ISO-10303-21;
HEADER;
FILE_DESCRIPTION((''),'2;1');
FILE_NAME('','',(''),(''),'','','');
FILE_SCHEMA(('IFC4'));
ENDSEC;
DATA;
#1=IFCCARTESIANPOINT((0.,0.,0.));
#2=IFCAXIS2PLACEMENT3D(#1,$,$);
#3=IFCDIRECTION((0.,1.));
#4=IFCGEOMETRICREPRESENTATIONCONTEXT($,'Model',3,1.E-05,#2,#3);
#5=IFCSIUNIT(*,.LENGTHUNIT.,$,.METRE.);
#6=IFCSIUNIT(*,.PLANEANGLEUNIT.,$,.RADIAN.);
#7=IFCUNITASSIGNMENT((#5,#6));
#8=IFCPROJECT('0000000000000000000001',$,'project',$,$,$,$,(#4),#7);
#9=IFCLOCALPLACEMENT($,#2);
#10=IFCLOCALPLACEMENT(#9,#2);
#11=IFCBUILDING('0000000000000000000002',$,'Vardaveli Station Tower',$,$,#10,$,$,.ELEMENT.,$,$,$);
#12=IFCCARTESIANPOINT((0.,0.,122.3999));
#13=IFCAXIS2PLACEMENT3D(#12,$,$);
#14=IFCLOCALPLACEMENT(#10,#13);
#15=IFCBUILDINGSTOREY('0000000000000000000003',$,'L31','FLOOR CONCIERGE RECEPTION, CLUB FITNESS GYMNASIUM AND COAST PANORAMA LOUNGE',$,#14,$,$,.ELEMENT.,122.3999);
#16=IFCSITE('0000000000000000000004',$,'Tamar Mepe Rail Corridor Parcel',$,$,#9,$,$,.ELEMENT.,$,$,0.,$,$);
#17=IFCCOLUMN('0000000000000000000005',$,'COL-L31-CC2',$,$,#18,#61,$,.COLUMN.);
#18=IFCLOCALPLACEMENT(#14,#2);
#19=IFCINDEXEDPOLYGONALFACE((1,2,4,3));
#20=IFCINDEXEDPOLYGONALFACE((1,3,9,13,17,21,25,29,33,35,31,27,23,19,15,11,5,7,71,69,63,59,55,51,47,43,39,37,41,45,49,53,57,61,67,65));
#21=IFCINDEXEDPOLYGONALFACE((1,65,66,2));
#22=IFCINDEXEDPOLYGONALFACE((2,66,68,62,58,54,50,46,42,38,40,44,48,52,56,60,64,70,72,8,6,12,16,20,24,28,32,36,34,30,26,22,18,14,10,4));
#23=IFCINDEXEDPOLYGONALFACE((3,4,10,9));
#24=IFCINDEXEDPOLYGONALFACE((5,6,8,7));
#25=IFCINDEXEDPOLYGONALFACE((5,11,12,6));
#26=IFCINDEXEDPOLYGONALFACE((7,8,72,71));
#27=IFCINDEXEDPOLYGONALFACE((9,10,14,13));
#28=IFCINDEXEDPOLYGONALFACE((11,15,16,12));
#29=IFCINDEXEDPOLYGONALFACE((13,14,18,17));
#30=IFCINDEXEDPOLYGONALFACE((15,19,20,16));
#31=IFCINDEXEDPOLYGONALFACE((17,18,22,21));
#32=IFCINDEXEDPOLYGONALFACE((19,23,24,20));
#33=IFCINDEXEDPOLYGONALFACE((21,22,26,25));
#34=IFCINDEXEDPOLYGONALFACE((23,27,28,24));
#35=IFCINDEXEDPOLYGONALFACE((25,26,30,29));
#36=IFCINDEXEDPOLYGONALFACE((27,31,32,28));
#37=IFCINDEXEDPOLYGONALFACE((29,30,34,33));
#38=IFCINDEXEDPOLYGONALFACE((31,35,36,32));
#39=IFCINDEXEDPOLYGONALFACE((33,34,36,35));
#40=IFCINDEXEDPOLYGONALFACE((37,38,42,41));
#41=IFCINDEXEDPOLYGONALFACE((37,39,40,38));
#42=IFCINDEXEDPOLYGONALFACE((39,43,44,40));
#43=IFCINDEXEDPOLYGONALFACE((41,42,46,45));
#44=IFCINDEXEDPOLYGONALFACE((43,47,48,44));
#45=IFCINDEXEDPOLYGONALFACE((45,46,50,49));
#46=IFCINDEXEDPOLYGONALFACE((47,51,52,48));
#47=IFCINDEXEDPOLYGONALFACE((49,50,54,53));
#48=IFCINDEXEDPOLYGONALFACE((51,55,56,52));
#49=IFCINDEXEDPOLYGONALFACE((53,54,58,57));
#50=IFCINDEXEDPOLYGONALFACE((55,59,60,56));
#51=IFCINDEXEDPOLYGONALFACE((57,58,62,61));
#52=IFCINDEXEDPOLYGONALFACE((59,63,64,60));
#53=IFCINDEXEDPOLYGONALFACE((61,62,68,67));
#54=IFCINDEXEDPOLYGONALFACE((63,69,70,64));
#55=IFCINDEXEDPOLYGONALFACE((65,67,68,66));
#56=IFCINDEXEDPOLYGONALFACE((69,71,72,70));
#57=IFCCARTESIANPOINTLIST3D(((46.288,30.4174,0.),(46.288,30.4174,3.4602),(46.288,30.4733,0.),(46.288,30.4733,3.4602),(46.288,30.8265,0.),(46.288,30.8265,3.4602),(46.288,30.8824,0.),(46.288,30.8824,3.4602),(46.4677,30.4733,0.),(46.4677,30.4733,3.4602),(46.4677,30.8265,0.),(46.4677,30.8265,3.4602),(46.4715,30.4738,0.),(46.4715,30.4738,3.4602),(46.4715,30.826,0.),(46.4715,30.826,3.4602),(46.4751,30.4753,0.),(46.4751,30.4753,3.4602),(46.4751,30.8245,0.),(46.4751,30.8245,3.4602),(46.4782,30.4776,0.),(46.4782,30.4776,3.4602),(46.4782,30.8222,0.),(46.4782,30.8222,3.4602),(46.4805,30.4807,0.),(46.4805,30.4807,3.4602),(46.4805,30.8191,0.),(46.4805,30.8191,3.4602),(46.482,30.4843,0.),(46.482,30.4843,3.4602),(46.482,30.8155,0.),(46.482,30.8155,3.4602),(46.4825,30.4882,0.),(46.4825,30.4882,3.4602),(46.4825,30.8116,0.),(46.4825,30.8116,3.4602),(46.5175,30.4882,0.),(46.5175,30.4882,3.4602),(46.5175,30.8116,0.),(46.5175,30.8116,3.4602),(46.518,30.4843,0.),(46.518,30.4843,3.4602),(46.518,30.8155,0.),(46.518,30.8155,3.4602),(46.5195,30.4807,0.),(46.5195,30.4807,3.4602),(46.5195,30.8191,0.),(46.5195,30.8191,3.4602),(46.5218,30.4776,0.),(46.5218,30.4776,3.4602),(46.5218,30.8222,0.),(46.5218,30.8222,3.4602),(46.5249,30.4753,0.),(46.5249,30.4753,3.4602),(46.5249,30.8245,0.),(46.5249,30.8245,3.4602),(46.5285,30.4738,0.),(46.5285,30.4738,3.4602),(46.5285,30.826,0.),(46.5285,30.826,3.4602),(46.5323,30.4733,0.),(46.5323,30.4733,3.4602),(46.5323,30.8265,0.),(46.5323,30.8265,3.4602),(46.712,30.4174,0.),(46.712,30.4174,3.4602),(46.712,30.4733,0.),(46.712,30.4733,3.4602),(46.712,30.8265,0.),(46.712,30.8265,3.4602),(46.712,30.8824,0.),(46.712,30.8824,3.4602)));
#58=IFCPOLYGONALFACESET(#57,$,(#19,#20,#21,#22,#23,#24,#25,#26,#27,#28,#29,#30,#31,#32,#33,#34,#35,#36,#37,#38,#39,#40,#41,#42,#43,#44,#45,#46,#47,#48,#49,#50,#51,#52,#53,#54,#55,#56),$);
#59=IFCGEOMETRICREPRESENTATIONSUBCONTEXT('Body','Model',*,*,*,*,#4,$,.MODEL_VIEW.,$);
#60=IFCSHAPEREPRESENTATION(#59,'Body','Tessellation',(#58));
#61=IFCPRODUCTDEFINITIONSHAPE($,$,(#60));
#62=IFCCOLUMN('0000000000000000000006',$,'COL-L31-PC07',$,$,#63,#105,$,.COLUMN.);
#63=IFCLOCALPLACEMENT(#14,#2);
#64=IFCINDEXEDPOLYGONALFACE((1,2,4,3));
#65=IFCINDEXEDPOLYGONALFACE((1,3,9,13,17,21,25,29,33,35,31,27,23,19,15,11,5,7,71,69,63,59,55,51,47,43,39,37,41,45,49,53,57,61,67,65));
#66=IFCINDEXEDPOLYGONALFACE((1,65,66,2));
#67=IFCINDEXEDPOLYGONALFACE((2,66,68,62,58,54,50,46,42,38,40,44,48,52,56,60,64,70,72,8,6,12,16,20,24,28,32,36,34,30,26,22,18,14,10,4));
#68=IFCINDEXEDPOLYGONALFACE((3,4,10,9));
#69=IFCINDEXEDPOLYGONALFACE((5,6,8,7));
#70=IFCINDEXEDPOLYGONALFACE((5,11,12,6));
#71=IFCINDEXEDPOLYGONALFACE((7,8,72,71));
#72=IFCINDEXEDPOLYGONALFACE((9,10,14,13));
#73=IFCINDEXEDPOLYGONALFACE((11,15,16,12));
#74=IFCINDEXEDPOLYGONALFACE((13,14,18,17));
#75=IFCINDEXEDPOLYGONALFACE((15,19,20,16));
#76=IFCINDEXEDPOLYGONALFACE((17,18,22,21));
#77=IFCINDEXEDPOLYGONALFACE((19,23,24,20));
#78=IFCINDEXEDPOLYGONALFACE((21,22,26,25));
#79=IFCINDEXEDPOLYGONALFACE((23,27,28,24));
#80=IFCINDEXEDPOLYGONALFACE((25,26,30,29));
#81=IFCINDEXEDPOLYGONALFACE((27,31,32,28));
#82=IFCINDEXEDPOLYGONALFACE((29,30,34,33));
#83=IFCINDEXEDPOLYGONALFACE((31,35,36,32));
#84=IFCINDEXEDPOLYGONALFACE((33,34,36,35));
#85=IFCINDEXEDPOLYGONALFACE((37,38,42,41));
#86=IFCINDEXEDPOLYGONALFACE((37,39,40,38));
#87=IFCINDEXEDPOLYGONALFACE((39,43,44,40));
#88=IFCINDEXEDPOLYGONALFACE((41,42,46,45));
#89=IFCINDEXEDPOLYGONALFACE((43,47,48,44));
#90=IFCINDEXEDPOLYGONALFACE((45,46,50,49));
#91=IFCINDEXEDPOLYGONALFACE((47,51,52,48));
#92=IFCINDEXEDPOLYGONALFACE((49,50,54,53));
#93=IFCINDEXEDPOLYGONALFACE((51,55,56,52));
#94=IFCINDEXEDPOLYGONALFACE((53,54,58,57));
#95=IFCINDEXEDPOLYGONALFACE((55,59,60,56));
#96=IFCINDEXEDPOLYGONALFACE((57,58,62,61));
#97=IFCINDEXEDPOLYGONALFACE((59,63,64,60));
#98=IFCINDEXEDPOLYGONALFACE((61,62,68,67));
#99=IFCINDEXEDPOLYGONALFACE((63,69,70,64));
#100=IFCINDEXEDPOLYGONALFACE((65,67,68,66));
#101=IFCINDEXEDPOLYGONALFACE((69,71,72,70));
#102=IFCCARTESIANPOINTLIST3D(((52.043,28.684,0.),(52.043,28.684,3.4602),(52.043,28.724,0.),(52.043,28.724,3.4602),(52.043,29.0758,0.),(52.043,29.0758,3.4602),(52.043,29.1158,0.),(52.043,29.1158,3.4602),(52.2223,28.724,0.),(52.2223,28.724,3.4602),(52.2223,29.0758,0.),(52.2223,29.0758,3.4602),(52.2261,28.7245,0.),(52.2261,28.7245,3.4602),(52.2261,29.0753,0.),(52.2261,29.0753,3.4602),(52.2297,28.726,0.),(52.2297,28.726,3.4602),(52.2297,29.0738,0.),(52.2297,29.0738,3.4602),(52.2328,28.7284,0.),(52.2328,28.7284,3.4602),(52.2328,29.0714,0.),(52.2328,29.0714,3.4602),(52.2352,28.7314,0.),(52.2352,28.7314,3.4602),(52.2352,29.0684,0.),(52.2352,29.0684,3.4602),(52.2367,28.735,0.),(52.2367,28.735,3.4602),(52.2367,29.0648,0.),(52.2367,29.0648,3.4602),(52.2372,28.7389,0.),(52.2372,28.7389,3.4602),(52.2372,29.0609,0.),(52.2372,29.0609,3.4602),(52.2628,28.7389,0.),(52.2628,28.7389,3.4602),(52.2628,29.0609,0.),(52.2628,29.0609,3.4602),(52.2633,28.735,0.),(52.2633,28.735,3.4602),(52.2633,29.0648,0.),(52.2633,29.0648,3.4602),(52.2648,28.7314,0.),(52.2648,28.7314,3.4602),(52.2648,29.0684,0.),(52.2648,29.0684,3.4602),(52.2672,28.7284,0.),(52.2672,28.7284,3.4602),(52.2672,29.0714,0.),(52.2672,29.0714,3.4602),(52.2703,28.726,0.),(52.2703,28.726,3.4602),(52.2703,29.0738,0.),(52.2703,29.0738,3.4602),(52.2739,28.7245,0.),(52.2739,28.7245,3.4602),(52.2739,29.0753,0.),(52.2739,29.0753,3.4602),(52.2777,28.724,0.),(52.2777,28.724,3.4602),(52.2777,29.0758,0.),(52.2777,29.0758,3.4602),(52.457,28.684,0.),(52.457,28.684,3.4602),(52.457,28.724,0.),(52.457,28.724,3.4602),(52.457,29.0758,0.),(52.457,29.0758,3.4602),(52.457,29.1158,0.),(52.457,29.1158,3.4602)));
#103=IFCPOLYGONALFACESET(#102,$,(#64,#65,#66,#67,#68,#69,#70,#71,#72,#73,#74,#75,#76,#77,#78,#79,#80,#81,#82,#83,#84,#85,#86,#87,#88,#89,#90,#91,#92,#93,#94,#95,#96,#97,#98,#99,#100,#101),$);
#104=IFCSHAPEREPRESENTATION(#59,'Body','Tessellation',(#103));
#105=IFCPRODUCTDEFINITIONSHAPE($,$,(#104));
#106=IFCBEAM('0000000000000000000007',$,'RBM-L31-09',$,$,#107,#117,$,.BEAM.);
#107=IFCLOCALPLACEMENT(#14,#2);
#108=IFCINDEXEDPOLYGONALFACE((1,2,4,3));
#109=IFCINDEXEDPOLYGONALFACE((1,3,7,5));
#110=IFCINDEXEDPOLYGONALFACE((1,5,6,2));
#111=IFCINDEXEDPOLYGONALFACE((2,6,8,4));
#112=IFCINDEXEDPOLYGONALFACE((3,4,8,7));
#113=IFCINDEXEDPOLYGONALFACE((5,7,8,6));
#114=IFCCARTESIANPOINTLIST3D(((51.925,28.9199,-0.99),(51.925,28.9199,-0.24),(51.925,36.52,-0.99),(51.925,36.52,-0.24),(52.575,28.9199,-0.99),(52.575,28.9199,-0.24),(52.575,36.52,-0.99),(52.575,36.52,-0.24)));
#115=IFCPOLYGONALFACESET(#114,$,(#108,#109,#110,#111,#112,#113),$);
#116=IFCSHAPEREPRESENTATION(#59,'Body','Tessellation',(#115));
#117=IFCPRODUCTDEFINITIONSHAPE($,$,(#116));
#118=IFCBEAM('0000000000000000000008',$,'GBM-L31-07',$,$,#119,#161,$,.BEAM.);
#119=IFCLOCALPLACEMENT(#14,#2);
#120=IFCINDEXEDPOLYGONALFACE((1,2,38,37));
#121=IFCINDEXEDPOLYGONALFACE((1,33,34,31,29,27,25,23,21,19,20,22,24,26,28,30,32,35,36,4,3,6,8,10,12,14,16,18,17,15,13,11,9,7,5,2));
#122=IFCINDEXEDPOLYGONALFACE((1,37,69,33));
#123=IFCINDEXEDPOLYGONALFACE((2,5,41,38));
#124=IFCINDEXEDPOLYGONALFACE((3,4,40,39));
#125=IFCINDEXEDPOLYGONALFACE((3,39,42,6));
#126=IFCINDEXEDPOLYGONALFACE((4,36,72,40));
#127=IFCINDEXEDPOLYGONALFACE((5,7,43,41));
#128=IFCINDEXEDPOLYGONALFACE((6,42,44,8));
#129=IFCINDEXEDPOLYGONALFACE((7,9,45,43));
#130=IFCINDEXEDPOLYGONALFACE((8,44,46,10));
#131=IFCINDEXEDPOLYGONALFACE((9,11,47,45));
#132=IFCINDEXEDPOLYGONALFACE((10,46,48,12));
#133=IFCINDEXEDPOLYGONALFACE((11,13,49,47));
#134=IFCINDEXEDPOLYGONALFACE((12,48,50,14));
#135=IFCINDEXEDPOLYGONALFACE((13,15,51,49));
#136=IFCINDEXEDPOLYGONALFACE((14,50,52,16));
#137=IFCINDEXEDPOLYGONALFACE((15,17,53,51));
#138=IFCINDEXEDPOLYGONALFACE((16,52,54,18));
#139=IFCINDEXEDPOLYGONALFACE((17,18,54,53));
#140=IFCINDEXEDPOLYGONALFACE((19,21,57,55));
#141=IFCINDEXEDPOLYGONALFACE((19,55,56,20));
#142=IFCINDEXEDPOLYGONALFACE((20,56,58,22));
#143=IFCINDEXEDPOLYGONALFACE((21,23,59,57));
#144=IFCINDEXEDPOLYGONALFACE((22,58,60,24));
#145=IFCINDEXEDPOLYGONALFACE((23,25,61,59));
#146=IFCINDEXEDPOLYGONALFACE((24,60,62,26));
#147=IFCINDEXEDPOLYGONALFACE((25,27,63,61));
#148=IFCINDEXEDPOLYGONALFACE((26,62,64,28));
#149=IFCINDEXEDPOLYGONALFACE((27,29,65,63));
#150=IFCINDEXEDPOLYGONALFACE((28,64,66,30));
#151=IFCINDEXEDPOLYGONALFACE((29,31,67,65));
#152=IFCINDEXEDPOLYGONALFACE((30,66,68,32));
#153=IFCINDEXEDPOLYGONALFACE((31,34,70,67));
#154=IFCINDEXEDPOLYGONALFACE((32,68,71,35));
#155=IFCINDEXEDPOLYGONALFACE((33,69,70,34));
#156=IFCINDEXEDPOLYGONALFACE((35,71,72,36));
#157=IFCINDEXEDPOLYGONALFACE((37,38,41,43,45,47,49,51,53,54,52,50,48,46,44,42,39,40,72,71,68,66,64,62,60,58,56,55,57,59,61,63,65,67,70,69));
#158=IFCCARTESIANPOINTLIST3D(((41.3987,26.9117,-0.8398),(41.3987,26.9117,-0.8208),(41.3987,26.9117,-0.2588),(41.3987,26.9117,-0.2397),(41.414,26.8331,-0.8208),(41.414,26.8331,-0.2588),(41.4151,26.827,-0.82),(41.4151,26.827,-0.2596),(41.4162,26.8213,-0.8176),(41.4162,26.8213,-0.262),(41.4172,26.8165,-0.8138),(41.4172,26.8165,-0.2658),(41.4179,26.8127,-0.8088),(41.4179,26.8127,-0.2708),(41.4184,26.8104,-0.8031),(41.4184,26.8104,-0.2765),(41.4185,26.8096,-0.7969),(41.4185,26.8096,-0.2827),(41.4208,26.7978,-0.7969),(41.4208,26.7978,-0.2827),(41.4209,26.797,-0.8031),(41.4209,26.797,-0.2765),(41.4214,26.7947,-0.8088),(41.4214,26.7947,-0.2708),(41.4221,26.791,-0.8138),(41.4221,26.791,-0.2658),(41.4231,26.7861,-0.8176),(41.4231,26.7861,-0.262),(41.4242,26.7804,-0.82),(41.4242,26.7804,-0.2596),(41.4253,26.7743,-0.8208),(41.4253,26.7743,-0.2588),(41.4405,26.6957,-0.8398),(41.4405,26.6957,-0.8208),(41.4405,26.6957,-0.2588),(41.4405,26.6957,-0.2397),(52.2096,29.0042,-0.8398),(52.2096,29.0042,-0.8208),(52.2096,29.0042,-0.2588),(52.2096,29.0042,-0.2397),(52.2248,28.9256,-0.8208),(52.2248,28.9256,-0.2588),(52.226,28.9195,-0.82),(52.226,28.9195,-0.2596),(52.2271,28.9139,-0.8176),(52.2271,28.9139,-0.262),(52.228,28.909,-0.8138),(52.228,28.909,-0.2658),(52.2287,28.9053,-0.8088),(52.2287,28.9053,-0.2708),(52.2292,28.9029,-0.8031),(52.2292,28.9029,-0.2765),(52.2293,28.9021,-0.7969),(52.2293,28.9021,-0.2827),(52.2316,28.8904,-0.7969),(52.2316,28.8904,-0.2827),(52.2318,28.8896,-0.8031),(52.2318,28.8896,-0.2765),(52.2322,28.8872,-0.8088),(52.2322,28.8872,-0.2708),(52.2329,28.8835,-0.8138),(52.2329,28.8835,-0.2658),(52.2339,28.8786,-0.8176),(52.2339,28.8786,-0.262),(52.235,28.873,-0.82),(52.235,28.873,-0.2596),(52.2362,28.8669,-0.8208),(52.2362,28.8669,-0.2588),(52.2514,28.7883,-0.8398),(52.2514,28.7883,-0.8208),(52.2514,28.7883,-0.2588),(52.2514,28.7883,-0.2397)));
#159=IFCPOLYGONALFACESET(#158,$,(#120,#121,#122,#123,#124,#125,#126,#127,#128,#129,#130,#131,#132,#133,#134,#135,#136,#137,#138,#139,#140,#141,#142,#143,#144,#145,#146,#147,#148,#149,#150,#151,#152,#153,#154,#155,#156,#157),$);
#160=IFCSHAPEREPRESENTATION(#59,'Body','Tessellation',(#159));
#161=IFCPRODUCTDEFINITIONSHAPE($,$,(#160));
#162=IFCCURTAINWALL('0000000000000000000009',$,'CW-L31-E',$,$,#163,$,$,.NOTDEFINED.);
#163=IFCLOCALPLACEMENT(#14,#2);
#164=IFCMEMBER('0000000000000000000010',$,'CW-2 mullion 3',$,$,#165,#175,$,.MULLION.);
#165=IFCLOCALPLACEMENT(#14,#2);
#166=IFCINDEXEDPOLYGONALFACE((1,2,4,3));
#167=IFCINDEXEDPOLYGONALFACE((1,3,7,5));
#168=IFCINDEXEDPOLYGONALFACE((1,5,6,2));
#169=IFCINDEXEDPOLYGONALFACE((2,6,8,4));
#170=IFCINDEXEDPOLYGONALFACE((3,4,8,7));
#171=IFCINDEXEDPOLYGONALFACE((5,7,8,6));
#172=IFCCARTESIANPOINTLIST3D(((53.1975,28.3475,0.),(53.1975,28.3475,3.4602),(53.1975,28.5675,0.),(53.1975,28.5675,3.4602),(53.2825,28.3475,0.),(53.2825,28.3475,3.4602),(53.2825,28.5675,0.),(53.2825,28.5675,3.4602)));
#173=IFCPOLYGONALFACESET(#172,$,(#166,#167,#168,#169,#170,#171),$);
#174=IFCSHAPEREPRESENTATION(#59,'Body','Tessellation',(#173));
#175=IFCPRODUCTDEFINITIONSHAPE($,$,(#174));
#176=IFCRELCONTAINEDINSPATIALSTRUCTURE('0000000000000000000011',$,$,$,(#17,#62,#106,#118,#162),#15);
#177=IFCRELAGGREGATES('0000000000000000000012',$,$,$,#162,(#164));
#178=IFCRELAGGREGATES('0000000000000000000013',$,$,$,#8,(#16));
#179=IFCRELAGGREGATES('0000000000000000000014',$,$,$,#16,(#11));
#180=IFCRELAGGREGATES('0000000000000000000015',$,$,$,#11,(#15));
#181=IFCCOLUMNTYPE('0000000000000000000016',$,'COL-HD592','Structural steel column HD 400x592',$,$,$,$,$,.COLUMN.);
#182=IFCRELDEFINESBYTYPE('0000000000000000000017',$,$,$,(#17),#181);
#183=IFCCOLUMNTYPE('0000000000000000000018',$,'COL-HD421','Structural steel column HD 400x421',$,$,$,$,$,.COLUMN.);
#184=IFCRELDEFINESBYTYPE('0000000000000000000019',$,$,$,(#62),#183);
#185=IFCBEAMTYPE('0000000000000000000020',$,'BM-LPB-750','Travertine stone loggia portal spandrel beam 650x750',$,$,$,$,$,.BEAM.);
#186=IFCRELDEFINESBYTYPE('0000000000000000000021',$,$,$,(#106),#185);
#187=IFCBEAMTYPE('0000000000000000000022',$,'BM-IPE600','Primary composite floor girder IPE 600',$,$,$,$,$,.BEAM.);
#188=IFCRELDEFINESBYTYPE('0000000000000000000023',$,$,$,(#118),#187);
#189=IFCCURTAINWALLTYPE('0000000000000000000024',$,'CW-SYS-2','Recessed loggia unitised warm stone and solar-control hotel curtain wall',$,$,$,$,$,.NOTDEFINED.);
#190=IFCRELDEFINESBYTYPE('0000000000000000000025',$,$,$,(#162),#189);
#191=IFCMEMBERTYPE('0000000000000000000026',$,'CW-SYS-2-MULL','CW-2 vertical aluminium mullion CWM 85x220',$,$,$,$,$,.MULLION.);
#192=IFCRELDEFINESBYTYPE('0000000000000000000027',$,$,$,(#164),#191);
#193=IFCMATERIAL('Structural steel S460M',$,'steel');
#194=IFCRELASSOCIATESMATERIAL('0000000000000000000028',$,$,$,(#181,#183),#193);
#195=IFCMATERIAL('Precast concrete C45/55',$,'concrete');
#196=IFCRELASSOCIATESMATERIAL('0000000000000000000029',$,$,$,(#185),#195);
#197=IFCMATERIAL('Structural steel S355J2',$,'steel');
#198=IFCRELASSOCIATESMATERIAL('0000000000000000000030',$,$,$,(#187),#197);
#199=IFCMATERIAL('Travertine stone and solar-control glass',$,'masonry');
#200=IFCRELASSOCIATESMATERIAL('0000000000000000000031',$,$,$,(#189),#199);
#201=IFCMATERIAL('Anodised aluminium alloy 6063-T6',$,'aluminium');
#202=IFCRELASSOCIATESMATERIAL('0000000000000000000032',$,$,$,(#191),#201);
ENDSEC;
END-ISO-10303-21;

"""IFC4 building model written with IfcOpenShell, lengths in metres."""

from ifc_helpers import new_model, si_unit, direction, frame, origin, origin_2d, place, context, subcontext, project, spatial, rectangle, i_section, extrude, source, transform, mapped, material, material_profile, profile_set, type_object, element, aggregate, save


model = new_model("IFC4")

# Units and contexts
model_context = context("Model", 3, precision=1e-05, world=origin(), true_north=direction((0.0, 1.0)))
body_context = subcontext(model_context, "Body", "Model", "MODEL_VIEW")
ifc_project = project(units=[si_unit("LENGTHUNIT", "METRE"), si_unit("PLANEANGLEUNIT", "RADIAN")], contexts=[model_context])

# Site, building, storey
site_placement = place(None, origin())
site = spatial("IfcSite", under=ifc_project, at=site_placement, Name="Tamar Mepe Rail Corridor Parcel", CompositionType="ELEMENT", RefElevation=0.0)
building_placement = place(site_placement, origin())
building = spatial("IfcBuilding", under=site, at=building_placement, Name="Vardaveli Station Tower", CompositionType="ELEMENT")
storey_placement = place(building_placement, frame((0.0, 0.0, 122.3999)))
storey = spatial("IfcBuildingStorey", under=building, at=storey_placement, Name="L31", Description="FLOOR CONCIERGE RECEPTION, CLUB FITNESS GYMNASIUM AND COAST PANORAMA LOUNGE", CompositionType="ELEMENT", Elevation=122.3999)

# Columns
ifc_material_1 = material(Name="Structural steel S460M", Category="steel")
ifc_material_profile_1 = material_profile(ifc_material_1, i_section(OverallWidth=0.4241, OverallDepth=0.4651, WebThickness=0.0349, FlangeThickness=0.0559, FilletRadius=0.0149, at=origin_2d()), Name="HD 400x592")
ifc_profile_set_1 = profile_set([ifc_material_profile_1], Name="Structural steel S460M")
column_type_1 = type_object("IfcColumnType", Name="COL-HD592", Description="Structural steel column HD 400x592", PredefinedType="COLUMN", material=ifc_profile_set_1)
shared_shape_1 = source(origin(), body_context, "Body", "SweptSolid", [
    extrude(i_section(OverallWidth=0.4241, OverallDepth=0.4651, WebThickness=0.0349, FlangeThickness=0.0559, FilletRadius=0.0149, at=origin_2d()), origin(), (0.0, 0.0, 1.0), 3.4602),
])
column_1_placement = place(storey_placement, frame((46.5, 30.6499, 0.0), z_axis=(0.0, 0.0, 1.0), x_axis=(1.0, 0.0, 0.0)))
element("IfcColumn", 1, at=column_1_placement, inside=storey, type_object=column_type_1, Name="COL-L31-CC2", PredefinedType="COLUMN", context=body_context, shape_type="MappedRepresentation", body=[
    mapped(shared_shape_1, transform((0.0, 0.0, 0.0), scale=1.0)),
])
ifc_material_profile_2 = material_profile(ifc_material_1, i_section(OverallWidth=0.4141, OverallDepth=0.4319, WebThickness=0.0256, FlangeThickness=0.04, FilletRadius=0.0149, at=origin_2d()), Name="HD 400x421")
ifc_profile_set_2 = profile_set([ifc_material_profile_2], Name="Structural steel S460M")
column_type_2 = type_object("IfcColumnType", Name="COL-HD421", Description="Structural steel column HD 400x421", PredefinedType="COLUMN", material=ifc_profile_set_2)
shared_shape_2 = source(origin(), body_context, "Body", "SweptSolid", [
    extrude(i_section(OverallWidth=0.4141, OverallDepth=0.4319, WebThickness=0.0256, FlangeThickness=0.04, FilletRadius=0.0149, at=origin_2d()), origin(), (0.0, 0.0, 1.0), 3.4602),
])
column_2_placement = place(storey_placement, frame((52.25, 28.8999, 0.0), z_axis=(0.0, 0.0, 1.0), x_axis=(1.0, 0.0, 0.0)))
element("IfcColumn", 2, at=column_2_placement, inside=storey, type_object=column_type_2, Name="COL-L31-PC07", PredefinedType="COLUMN", context=body_context, shape_type="MappedRepresentation", body=[
    mapped(shared_shape_2, transform((0.0, 0.0, 0.0), scale=1.0)),
])

# Beams
ifc_material_2 = material(Name="Precast concrete C45/55", Category="concrete")
ifc_material_profile_3 = material_profile(ifc_material_2, rectangle(XDim=0.6499, YDim=0.75, at=origin_2d()), Name="LPB 650x750")
ifc_profile_set_3 = profile_set([ifc_material_profile_3], Name="Precast concrete C45/55")
beam_type_1 = type_object("IfcBeamType", Name="BM-LPB-750", Description="Travertine stone loggia portal spandrel beam 650x750", PredefinedType="BEAM", material=ifc_profile_set_3)
shared_shape_3 = source(origin(), body_context, "Body", "SweptSolid", [
    extrude(rectangle(XDim=0.6499, YDim=0.75, at=origin_2d()), origin(), (0.0, 0.0, 1.0), 7.6001),
])
beam_1_placement = place(storey_placement, frame((52.25, 28.9199, -0.615), z_axis=(0.0, 1.0, 0.0), x_axis=(-1.0, 0.0, 0.0)))
element("IfcBeam", 3, at=beam_1_placement, inside=storey, type_object=beam_type_1, Name="RBM-L31-09", PredefinedType="BEAM", context=body_context, shape_type="MappedRepresentation", body=[
    mapped(shared_shape_3, transform((0.0, 0.0, 0.0), scale=1.0)),
])
ifc_material_3 = material(Name="Structural steel S355J2", Category="steel")
ifc_material_profile_4 = material_profile(ifc_material_3, i_section(OverallWidth=0.22, OverallDepth=0.6001, WebThickness=0.012, FlangeThickness=0.019, FilletRadius=0.0239, at=origin_2d()), Name="IPE 600")
ifc_profile_set_4 = profile_set([ifc_material_profile_4], Name="Structural steel S355J2")
beam_type_2 = type_object("IfcBeamType", Name="BM-IPE600", Description="Primary composite floor girder IPE 600", PredefinedType="BEAM", material=ifc_profile_set_4)
shared_shape_4 = source(origin(), body_context, "Body", "SweptSolid", [
    extrude(i_section(OverallWidth=0.22, OverallDepth=0.6001, WebThickness=0.012, FlangeThickness=0.019, FilletRadius=0.0239, at=origin_2d()), origin(), (0.0, 0.0, 1.0), 11.0115),
])
beam_2_placement = place(storey_placement, frame((52.2305, 28.8962, -0.5398), z_axis=(-0.981778, -0.190032, 0.0), x_axis=(0.190032, -0.981778, 0.0)))
element("IfcBeam", 4, at=beam_2_placement, inside=storey, type_object=beam_type_2, Name="GBM-L31-07", PredefinedType="BEAM", context=body_context, shape_type="MappedRepresentation", body=[
    mapped(shared_shape_4, transform((0.0, 0.0, 0.0), scale=1.0)),
])

# Curtain wall, member
ifc_material_4 = material(Name="Travertine stone and solar-control glass", Category="masonry")
curtain_wall_type = type_object("IfcCurtainWallType", Name="CW-SYS-2", Description="Recessed loggia unitised warm stone and solar-control hotel curtain wall", PredefinedType="NOTDEFINED", material=ifc_material_4)
curtain_wall_placement = place(storey_placement, origin())
curtain_wall = element("IfcCurtainWall", 5, at=curtain_wall_placement, inside=storey, type_object=curtain_wall_type, Name="CW-L31-E", PredefinedType="NOTDEFINED")
ifc_material_5 = material(Name="Anodised aluminium alloy 6063-T6", Category="aluminium")
ifc_material_profile_5 = material_profile(ifc_material_5, rectangle(XDim=0.085, YDim=0.22, at=origin_2d()), Name="CWM 85x220")
ifc_profile_set_5 = profile_set([ifc_material_profile_5], Name="Anodised aluminium alloy 6063-T6")
member_type = type_object("IfcMemberType", Name="CW-SYS-2-MULL", Description="CW-2 vertical aluminium mullion CWM 85x220", PredefinedType="MULLION", material=ifc_profile_set_5)
shared_shape_5 = source(origin(), body_context, "Body", "SweptSolid", [
    extrude(rectangle(XDim=0.085, YDim=0.22, at=origin_2d()), origin(), (0.0, 0.0, 1.0), 3.4602),
])
member_placement = place(storey_placement, frame((53.24, 28.4575, 0.0), z_axis=(0.0, 0.0, 1.0), x_axis=(-1.0, 0.0, 0.0)))
member = element("IfcMember", 6, at=member_placement, type_object=member_type, Name="CW-2 mullion 3", PredefinedType="MULLION", context=body_context, shape_type="MappedRepresentation", body=[
    mapped(shared_shape_5, transform((0.0, 0.0, 0.0), scale=1.0)),
])
aggregate(curtain_wall, [member])

save(model, "model.ifc")
